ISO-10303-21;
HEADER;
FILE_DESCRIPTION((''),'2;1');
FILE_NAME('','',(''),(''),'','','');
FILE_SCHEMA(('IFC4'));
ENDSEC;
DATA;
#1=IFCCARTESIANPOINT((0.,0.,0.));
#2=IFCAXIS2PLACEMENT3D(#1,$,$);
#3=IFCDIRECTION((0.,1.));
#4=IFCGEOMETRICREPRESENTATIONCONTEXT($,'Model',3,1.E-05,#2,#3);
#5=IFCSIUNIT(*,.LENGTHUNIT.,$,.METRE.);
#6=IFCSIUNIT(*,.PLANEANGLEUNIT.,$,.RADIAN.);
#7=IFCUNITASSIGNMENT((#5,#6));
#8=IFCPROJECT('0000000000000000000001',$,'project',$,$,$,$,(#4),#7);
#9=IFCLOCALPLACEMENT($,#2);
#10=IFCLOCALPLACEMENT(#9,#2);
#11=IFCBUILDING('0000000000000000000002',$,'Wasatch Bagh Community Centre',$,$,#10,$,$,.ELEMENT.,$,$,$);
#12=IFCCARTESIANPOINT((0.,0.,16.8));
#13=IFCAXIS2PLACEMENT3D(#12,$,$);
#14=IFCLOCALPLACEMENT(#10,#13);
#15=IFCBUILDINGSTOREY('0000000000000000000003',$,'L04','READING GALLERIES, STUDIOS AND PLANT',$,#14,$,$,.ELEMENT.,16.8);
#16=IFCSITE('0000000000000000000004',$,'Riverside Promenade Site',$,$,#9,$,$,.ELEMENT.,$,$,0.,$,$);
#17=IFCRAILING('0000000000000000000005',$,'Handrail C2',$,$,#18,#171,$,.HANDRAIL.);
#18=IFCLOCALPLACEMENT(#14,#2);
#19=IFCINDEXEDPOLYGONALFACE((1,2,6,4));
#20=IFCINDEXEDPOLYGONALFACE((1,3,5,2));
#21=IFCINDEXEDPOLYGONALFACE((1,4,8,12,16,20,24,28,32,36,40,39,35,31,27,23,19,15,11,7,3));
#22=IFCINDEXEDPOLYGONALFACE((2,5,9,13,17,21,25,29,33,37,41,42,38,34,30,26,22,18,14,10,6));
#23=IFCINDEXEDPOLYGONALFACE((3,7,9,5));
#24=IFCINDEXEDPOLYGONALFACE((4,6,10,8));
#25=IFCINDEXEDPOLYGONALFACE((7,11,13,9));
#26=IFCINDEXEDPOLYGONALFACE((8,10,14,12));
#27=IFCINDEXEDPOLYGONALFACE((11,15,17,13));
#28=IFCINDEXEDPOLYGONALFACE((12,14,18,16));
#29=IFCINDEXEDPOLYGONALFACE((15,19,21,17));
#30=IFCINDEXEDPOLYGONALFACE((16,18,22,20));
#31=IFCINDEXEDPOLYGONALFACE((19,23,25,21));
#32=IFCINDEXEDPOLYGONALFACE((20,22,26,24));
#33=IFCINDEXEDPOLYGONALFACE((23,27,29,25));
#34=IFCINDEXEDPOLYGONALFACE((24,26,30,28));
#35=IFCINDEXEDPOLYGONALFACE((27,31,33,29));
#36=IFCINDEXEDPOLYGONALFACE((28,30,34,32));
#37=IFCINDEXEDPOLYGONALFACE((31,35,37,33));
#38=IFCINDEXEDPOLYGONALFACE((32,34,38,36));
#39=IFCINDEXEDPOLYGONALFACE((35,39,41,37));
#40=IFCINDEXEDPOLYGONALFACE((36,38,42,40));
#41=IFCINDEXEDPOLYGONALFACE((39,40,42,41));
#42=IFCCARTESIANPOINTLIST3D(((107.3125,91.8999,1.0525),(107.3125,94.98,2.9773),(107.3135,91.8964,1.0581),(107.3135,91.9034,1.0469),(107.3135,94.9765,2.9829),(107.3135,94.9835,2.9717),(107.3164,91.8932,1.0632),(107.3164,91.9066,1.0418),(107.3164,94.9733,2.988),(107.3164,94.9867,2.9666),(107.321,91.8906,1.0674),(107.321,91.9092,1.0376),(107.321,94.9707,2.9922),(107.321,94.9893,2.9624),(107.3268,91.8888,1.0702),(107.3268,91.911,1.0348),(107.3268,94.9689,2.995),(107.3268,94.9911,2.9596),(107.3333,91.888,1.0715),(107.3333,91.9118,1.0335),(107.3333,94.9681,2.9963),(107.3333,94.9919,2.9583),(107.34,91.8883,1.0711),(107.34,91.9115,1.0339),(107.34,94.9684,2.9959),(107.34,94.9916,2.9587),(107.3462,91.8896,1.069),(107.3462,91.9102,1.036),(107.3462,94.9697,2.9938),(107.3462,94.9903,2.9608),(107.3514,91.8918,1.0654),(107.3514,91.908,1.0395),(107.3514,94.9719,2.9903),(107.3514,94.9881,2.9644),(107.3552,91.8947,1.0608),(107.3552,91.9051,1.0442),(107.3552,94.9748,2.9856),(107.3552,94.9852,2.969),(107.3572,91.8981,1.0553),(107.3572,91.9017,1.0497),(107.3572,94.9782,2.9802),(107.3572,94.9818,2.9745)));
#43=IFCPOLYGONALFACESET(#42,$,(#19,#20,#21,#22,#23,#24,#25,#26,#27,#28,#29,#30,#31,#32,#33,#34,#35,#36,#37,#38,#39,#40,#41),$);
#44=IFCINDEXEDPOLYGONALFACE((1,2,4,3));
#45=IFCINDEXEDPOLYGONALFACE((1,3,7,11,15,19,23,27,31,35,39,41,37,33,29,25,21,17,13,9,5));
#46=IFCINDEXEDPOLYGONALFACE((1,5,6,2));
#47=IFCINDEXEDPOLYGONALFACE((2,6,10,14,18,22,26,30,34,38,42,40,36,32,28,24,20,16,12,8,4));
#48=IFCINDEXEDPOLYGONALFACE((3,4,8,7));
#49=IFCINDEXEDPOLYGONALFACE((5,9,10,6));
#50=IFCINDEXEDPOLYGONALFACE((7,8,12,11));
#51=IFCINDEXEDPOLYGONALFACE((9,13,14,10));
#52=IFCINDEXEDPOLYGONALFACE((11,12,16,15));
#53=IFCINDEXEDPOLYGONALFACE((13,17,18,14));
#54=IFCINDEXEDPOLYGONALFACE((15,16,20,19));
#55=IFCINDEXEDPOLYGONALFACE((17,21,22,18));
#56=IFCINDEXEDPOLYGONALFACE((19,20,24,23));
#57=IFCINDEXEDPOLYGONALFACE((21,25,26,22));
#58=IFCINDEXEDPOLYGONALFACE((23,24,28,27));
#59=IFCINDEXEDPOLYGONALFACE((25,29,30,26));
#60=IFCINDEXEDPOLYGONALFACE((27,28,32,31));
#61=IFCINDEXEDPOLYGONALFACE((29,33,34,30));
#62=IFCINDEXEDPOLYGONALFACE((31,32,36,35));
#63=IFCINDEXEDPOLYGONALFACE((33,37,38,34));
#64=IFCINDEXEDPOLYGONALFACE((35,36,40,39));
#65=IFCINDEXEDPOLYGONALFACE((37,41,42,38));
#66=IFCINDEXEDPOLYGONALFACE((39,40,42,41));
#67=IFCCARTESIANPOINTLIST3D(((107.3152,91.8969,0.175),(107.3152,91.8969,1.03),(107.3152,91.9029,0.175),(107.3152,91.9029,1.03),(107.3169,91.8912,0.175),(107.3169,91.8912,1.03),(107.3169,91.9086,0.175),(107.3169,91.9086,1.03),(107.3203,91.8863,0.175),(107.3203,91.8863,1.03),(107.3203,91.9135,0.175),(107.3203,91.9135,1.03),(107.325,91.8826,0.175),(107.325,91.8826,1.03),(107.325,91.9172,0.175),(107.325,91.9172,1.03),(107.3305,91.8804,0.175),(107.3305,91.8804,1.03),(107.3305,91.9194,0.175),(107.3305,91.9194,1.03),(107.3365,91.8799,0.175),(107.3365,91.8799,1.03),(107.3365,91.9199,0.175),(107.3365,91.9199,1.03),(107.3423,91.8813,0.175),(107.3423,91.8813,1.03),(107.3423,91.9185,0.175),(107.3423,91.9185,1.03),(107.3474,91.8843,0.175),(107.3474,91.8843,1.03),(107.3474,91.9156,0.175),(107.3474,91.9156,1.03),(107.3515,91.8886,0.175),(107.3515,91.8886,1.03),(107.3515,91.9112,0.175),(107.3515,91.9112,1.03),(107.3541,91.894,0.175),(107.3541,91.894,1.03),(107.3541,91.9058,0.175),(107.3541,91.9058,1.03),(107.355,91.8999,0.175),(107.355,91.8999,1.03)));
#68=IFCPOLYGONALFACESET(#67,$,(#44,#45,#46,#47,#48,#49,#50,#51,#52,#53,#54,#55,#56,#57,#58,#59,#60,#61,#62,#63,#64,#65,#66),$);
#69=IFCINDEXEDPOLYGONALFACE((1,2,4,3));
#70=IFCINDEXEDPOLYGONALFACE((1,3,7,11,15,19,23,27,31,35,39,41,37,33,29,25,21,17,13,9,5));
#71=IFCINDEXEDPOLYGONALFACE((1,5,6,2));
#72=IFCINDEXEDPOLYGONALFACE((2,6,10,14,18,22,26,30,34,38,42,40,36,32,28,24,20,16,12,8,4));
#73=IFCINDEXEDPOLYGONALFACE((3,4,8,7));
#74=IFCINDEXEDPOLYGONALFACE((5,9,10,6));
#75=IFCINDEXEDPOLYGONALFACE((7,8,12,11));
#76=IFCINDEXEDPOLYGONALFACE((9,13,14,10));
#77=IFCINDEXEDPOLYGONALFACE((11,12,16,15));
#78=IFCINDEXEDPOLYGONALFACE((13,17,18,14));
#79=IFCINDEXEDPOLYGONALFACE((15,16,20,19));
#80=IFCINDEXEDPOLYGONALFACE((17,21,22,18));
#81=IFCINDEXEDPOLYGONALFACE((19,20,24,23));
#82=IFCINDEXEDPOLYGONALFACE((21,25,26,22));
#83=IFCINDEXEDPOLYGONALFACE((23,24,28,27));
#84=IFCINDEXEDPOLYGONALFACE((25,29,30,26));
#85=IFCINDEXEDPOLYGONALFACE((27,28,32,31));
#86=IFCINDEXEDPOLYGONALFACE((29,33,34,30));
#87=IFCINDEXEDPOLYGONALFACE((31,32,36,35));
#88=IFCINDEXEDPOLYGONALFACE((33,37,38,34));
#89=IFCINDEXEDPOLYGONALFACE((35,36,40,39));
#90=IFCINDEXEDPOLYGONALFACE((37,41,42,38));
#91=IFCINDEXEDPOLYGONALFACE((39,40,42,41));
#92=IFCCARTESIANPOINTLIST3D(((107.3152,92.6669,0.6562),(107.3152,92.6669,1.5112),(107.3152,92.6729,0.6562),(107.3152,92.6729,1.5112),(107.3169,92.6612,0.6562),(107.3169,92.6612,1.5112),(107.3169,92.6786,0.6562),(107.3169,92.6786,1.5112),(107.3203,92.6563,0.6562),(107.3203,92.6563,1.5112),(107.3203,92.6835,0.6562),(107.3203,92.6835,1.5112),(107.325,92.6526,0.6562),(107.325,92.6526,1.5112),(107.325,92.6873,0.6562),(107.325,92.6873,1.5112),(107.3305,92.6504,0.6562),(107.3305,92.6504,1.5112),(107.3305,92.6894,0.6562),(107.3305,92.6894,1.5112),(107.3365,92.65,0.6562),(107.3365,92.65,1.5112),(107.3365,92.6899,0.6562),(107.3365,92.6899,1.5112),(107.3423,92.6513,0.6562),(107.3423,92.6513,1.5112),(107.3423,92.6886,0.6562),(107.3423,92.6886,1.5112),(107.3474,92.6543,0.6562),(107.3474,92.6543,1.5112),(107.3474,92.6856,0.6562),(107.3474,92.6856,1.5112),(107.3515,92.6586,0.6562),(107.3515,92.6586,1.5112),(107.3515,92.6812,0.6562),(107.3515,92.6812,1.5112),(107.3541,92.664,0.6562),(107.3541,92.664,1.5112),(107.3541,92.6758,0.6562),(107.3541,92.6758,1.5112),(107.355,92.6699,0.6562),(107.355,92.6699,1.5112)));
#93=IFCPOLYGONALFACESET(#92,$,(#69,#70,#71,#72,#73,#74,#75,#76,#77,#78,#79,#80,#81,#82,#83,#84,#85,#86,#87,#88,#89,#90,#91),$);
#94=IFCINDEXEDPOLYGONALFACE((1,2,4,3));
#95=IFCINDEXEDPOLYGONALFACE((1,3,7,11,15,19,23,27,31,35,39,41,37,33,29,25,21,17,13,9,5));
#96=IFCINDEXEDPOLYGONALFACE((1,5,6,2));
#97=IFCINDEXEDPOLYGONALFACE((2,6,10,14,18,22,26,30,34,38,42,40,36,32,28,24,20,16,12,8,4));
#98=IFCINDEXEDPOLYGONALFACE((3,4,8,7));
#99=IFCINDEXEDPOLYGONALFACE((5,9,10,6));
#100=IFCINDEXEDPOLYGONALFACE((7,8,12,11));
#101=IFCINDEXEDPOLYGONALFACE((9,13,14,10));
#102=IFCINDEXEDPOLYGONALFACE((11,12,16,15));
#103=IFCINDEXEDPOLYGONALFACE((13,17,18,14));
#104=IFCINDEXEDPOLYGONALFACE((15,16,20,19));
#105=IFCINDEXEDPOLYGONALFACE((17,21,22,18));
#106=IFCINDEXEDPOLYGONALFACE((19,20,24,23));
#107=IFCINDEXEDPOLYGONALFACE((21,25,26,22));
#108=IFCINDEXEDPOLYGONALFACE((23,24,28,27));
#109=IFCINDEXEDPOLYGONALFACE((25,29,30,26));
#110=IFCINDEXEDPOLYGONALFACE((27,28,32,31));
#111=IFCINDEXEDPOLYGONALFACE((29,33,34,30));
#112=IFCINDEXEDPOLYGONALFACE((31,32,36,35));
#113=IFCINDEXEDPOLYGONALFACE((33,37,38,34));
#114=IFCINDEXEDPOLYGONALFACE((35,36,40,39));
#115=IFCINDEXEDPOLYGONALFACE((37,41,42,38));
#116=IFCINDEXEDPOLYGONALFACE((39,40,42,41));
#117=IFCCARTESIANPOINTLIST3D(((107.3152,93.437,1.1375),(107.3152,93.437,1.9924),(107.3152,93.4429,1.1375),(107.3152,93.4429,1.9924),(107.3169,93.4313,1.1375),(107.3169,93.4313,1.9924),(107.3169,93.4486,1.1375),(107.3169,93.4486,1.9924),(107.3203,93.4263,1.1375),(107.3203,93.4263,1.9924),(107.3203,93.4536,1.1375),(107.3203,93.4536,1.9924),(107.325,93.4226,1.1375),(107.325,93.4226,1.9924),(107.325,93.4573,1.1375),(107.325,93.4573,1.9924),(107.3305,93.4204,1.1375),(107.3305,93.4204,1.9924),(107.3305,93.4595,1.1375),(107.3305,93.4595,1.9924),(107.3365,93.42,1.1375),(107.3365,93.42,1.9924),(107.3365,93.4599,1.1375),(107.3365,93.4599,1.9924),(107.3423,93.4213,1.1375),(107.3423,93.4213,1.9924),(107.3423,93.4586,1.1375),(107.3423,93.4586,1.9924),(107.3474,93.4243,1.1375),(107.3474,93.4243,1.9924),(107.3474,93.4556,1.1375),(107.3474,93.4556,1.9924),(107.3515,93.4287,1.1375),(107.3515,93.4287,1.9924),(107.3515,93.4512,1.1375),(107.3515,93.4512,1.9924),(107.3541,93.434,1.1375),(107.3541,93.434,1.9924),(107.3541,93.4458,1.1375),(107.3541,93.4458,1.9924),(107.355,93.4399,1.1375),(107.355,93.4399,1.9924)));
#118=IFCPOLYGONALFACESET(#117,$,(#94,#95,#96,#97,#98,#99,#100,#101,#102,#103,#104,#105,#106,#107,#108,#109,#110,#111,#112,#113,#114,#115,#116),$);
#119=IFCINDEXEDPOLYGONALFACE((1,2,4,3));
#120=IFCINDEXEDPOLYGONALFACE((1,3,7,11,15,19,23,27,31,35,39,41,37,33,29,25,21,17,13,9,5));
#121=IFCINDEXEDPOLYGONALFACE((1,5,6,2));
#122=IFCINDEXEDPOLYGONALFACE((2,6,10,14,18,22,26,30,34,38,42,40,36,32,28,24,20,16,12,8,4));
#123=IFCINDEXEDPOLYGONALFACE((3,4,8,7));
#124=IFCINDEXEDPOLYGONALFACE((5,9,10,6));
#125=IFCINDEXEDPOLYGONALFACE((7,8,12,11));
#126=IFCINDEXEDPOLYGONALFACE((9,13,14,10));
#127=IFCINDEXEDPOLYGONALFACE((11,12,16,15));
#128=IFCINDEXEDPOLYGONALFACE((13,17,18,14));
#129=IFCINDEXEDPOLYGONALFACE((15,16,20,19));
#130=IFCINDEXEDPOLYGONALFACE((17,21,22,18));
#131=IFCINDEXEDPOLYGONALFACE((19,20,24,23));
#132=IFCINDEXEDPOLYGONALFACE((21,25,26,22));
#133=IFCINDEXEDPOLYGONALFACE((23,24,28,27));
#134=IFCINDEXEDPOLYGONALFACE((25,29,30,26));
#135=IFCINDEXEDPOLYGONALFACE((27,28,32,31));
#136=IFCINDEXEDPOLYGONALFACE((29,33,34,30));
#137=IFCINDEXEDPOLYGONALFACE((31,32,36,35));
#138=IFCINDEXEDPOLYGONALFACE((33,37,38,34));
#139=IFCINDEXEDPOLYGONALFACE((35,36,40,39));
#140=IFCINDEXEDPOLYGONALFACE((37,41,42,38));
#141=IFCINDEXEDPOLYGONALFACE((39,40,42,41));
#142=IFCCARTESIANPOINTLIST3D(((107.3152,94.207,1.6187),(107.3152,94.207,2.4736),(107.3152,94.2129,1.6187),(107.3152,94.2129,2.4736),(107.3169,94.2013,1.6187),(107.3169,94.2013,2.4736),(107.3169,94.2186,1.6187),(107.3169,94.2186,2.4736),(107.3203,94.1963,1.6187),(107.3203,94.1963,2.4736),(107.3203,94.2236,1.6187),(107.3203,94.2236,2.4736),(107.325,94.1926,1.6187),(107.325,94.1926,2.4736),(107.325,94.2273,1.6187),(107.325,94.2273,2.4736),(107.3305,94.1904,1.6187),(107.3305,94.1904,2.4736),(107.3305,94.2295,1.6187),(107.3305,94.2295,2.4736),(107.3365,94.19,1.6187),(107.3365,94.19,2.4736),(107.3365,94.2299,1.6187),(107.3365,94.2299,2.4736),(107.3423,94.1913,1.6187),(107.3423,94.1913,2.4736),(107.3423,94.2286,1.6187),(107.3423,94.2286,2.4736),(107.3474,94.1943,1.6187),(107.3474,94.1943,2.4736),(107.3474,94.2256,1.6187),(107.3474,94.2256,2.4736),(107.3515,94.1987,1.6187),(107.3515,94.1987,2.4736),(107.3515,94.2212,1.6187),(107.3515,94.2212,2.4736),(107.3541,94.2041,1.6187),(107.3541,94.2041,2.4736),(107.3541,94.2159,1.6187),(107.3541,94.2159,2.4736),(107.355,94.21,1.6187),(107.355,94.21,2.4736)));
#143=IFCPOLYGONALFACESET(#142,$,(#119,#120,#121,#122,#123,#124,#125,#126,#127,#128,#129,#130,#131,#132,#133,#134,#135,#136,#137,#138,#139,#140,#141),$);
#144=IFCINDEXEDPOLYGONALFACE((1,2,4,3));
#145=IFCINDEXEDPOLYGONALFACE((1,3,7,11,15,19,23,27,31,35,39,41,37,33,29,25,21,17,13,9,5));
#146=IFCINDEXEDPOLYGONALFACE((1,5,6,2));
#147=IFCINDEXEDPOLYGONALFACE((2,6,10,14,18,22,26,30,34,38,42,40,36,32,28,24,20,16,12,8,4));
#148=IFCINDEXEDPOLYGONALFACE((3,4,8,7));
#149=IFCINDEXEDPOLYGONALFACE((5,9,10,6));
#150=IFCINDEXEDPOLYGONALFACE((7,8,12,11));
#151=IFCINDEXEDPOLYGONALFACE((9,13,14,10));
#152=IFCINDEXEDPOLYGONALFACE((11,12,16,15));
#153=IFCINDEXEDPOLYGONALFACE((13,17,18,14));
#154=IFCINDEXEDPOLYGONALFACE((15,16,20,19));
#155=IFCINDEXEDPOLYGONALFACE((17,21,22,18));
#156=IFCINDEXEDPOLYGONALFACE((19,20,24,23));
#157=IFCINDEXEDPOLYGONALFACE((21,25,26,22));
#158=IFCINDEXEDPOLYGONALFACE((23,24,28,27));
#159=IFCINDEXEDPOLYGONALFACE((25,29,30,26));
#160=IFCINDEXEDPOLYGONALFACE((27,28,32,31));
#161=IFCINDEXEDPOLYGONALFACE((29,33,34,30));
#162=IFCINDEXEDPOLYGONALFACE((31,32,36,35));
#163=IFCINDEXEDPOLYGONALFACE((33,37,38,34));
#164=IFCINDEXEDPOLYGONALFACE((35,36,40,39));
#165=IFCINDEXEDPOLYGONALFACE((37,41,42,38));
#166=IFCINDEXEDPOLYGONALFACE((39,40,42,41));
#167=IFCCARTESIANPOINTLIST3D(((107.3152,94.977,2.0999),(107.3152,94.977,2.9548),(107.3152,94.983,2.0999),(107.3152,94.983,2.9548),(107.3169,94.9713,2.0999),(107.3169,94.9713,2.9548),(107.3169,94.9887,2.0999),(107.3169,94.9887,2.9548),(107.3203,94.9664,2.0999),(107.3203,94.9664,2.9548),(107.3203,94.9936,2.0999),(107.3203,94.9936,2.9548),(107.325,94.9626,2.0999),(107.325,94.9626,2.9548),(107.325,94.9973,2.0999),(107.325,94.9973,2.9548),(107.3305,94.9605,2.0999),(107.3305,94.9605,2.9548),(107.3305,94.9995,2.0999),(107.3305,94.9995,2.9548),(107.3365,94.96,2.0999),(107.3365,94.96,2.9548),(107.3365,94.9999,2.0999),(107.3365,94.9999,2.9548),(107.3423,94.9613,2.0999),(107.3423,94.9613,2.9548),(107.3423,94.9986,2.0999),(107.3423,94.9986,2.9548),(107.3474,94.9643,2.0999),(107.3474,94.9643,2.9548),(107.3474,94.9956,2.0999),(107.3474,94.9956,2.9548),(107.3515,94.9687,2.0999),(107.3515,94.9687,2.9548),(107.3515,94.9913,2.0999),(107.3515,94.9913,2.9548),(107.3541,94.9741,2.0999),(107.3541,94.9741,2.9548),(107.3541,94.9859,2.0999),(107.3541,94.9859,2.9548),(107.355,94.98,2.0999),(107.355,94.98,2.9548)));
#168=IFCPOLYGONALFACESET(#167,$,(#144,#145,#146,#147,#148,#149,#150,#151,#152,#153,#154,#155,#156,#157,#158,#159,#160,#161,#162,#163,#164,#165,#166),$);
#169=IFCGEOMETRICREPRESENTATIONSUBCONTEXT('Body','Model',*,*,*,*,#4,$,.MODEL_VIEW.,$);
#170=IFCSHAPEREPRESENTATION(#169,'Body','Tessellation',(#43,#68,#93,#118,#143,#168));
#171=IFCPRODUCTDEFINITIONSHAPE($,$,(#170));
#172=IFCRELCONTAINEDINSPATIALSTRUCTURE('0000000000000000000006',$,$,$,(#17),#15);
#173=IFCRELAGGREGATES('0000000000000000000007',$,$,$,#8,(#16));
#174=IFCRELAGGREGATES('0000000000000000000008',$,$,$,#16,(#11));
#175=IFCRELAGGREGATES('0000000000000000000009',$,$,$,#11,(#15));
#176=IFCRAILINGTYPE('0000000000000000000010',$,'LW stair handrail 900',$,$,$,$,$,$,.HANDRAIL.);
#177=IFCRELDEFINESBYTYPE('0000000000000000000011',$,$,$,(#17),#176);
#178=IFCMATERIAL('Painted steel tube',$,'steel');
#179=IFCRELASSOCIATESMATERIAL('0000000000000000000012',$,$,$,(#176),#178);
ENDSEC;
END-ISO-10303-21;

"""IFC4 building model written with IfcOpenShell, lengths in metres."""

from ifc_helpers import new_model, si_unit, direction, frame, origin, origin_2d, place, context, subcontext, project, spatial, circle, extrude, material, type_object, element, save


model = new_model("IFC4")

# Units and contexts
model_context = context("Model", 3, precision=1e-05, world=origin(), true_north=direction((0.0, 1.0)))
body_context = subcontext(model_context, "Body", "Model", "MODEL_VIEW")
ifc_project = project(units=[si_unit("LENGTHUNIT", "METRE"), si_unit("PLANEANGLEUNIT", "RADIAN")], contexts=[model_context])

# Site, building, storey
site_placement = place(None, origin())
site = spatial("IfcSite", under=ifc_project, at=site_placement, Name="Riverside Promenade Site", CompositionType="ELEMENT", RefElevation=0.0)
building_placement = place(site_placement, origin())
building = spatial("IfcBuilding", under=site, at=building_placement, Name="Wasatch Bagh Community Centre", CompositionType="ELEMENT")
storey_placement = place(building_placement, frame((0.0, 0.0, 16.8)))
storey = spatial("IfcBuildingStorey", under=building, at=storey_placement, Name="L04", Description="READING GALLERIES, STUDIOS AND PLANT", CompositionType="ELEMENT", Elevation=16.8)

# Railing
ifc_material_1 = material(Name="Painted steel tube", Category="steel")
railing_type_1 = type_object("IfcRailingType", Name="LW stair handrail 900", PredefinedType="HANDRAIL", material=ifc_material_1)
railing_1_placement = place(storey_placement, frame((107.335, 91.8999, 0.175)))
element("IfcRailing", 1, at=railing_1_placement, inside=storey, type_object=railing_type_1, Name="Handrail C2", PredefinedType="HANDRAIL", context=body_context, shape_type="SweptSolid", body=[
    extrude(circle(Radius=0.0225, at=origin_2d()), frame((0.0, 0.0, 0.8774), z_axis=(0.0, 0.848029, 0.529951), x_axis=(-1.0, 0.0, 0.0)), (0.0, 0.0, 1.0), 3.6321),
    extrude(circle(Radius=0.02, at=origin_2d()), origin(), (0.0, 0.0, 1.0), 0.855),
    extrude(circle(Radius=0.02, at=origin_2d()), frame((0.0, 0.77, 0.4812)), (0.0, 0.0, 1.0), 0.855),
    extrude(circle(Radius=0.02, at=origin_2d()), frame((0.0, 1.54, 0.9624)), (0.0, 0.0, 1.0), 0.855),
    extrude(circle(Radius=0.02, at=origin_2d()), frame((0.0, 2.3101, 1.4436)), (0.0, 0.0, 1.0), 0.855),
    extrude(circle(Radius=0.02, at=origin_2d()), frame((0.0, 3.0801, 1.9248)), (0.0, 0.0, 1.0), 0.855),
])

save(model, "model.ifc")
